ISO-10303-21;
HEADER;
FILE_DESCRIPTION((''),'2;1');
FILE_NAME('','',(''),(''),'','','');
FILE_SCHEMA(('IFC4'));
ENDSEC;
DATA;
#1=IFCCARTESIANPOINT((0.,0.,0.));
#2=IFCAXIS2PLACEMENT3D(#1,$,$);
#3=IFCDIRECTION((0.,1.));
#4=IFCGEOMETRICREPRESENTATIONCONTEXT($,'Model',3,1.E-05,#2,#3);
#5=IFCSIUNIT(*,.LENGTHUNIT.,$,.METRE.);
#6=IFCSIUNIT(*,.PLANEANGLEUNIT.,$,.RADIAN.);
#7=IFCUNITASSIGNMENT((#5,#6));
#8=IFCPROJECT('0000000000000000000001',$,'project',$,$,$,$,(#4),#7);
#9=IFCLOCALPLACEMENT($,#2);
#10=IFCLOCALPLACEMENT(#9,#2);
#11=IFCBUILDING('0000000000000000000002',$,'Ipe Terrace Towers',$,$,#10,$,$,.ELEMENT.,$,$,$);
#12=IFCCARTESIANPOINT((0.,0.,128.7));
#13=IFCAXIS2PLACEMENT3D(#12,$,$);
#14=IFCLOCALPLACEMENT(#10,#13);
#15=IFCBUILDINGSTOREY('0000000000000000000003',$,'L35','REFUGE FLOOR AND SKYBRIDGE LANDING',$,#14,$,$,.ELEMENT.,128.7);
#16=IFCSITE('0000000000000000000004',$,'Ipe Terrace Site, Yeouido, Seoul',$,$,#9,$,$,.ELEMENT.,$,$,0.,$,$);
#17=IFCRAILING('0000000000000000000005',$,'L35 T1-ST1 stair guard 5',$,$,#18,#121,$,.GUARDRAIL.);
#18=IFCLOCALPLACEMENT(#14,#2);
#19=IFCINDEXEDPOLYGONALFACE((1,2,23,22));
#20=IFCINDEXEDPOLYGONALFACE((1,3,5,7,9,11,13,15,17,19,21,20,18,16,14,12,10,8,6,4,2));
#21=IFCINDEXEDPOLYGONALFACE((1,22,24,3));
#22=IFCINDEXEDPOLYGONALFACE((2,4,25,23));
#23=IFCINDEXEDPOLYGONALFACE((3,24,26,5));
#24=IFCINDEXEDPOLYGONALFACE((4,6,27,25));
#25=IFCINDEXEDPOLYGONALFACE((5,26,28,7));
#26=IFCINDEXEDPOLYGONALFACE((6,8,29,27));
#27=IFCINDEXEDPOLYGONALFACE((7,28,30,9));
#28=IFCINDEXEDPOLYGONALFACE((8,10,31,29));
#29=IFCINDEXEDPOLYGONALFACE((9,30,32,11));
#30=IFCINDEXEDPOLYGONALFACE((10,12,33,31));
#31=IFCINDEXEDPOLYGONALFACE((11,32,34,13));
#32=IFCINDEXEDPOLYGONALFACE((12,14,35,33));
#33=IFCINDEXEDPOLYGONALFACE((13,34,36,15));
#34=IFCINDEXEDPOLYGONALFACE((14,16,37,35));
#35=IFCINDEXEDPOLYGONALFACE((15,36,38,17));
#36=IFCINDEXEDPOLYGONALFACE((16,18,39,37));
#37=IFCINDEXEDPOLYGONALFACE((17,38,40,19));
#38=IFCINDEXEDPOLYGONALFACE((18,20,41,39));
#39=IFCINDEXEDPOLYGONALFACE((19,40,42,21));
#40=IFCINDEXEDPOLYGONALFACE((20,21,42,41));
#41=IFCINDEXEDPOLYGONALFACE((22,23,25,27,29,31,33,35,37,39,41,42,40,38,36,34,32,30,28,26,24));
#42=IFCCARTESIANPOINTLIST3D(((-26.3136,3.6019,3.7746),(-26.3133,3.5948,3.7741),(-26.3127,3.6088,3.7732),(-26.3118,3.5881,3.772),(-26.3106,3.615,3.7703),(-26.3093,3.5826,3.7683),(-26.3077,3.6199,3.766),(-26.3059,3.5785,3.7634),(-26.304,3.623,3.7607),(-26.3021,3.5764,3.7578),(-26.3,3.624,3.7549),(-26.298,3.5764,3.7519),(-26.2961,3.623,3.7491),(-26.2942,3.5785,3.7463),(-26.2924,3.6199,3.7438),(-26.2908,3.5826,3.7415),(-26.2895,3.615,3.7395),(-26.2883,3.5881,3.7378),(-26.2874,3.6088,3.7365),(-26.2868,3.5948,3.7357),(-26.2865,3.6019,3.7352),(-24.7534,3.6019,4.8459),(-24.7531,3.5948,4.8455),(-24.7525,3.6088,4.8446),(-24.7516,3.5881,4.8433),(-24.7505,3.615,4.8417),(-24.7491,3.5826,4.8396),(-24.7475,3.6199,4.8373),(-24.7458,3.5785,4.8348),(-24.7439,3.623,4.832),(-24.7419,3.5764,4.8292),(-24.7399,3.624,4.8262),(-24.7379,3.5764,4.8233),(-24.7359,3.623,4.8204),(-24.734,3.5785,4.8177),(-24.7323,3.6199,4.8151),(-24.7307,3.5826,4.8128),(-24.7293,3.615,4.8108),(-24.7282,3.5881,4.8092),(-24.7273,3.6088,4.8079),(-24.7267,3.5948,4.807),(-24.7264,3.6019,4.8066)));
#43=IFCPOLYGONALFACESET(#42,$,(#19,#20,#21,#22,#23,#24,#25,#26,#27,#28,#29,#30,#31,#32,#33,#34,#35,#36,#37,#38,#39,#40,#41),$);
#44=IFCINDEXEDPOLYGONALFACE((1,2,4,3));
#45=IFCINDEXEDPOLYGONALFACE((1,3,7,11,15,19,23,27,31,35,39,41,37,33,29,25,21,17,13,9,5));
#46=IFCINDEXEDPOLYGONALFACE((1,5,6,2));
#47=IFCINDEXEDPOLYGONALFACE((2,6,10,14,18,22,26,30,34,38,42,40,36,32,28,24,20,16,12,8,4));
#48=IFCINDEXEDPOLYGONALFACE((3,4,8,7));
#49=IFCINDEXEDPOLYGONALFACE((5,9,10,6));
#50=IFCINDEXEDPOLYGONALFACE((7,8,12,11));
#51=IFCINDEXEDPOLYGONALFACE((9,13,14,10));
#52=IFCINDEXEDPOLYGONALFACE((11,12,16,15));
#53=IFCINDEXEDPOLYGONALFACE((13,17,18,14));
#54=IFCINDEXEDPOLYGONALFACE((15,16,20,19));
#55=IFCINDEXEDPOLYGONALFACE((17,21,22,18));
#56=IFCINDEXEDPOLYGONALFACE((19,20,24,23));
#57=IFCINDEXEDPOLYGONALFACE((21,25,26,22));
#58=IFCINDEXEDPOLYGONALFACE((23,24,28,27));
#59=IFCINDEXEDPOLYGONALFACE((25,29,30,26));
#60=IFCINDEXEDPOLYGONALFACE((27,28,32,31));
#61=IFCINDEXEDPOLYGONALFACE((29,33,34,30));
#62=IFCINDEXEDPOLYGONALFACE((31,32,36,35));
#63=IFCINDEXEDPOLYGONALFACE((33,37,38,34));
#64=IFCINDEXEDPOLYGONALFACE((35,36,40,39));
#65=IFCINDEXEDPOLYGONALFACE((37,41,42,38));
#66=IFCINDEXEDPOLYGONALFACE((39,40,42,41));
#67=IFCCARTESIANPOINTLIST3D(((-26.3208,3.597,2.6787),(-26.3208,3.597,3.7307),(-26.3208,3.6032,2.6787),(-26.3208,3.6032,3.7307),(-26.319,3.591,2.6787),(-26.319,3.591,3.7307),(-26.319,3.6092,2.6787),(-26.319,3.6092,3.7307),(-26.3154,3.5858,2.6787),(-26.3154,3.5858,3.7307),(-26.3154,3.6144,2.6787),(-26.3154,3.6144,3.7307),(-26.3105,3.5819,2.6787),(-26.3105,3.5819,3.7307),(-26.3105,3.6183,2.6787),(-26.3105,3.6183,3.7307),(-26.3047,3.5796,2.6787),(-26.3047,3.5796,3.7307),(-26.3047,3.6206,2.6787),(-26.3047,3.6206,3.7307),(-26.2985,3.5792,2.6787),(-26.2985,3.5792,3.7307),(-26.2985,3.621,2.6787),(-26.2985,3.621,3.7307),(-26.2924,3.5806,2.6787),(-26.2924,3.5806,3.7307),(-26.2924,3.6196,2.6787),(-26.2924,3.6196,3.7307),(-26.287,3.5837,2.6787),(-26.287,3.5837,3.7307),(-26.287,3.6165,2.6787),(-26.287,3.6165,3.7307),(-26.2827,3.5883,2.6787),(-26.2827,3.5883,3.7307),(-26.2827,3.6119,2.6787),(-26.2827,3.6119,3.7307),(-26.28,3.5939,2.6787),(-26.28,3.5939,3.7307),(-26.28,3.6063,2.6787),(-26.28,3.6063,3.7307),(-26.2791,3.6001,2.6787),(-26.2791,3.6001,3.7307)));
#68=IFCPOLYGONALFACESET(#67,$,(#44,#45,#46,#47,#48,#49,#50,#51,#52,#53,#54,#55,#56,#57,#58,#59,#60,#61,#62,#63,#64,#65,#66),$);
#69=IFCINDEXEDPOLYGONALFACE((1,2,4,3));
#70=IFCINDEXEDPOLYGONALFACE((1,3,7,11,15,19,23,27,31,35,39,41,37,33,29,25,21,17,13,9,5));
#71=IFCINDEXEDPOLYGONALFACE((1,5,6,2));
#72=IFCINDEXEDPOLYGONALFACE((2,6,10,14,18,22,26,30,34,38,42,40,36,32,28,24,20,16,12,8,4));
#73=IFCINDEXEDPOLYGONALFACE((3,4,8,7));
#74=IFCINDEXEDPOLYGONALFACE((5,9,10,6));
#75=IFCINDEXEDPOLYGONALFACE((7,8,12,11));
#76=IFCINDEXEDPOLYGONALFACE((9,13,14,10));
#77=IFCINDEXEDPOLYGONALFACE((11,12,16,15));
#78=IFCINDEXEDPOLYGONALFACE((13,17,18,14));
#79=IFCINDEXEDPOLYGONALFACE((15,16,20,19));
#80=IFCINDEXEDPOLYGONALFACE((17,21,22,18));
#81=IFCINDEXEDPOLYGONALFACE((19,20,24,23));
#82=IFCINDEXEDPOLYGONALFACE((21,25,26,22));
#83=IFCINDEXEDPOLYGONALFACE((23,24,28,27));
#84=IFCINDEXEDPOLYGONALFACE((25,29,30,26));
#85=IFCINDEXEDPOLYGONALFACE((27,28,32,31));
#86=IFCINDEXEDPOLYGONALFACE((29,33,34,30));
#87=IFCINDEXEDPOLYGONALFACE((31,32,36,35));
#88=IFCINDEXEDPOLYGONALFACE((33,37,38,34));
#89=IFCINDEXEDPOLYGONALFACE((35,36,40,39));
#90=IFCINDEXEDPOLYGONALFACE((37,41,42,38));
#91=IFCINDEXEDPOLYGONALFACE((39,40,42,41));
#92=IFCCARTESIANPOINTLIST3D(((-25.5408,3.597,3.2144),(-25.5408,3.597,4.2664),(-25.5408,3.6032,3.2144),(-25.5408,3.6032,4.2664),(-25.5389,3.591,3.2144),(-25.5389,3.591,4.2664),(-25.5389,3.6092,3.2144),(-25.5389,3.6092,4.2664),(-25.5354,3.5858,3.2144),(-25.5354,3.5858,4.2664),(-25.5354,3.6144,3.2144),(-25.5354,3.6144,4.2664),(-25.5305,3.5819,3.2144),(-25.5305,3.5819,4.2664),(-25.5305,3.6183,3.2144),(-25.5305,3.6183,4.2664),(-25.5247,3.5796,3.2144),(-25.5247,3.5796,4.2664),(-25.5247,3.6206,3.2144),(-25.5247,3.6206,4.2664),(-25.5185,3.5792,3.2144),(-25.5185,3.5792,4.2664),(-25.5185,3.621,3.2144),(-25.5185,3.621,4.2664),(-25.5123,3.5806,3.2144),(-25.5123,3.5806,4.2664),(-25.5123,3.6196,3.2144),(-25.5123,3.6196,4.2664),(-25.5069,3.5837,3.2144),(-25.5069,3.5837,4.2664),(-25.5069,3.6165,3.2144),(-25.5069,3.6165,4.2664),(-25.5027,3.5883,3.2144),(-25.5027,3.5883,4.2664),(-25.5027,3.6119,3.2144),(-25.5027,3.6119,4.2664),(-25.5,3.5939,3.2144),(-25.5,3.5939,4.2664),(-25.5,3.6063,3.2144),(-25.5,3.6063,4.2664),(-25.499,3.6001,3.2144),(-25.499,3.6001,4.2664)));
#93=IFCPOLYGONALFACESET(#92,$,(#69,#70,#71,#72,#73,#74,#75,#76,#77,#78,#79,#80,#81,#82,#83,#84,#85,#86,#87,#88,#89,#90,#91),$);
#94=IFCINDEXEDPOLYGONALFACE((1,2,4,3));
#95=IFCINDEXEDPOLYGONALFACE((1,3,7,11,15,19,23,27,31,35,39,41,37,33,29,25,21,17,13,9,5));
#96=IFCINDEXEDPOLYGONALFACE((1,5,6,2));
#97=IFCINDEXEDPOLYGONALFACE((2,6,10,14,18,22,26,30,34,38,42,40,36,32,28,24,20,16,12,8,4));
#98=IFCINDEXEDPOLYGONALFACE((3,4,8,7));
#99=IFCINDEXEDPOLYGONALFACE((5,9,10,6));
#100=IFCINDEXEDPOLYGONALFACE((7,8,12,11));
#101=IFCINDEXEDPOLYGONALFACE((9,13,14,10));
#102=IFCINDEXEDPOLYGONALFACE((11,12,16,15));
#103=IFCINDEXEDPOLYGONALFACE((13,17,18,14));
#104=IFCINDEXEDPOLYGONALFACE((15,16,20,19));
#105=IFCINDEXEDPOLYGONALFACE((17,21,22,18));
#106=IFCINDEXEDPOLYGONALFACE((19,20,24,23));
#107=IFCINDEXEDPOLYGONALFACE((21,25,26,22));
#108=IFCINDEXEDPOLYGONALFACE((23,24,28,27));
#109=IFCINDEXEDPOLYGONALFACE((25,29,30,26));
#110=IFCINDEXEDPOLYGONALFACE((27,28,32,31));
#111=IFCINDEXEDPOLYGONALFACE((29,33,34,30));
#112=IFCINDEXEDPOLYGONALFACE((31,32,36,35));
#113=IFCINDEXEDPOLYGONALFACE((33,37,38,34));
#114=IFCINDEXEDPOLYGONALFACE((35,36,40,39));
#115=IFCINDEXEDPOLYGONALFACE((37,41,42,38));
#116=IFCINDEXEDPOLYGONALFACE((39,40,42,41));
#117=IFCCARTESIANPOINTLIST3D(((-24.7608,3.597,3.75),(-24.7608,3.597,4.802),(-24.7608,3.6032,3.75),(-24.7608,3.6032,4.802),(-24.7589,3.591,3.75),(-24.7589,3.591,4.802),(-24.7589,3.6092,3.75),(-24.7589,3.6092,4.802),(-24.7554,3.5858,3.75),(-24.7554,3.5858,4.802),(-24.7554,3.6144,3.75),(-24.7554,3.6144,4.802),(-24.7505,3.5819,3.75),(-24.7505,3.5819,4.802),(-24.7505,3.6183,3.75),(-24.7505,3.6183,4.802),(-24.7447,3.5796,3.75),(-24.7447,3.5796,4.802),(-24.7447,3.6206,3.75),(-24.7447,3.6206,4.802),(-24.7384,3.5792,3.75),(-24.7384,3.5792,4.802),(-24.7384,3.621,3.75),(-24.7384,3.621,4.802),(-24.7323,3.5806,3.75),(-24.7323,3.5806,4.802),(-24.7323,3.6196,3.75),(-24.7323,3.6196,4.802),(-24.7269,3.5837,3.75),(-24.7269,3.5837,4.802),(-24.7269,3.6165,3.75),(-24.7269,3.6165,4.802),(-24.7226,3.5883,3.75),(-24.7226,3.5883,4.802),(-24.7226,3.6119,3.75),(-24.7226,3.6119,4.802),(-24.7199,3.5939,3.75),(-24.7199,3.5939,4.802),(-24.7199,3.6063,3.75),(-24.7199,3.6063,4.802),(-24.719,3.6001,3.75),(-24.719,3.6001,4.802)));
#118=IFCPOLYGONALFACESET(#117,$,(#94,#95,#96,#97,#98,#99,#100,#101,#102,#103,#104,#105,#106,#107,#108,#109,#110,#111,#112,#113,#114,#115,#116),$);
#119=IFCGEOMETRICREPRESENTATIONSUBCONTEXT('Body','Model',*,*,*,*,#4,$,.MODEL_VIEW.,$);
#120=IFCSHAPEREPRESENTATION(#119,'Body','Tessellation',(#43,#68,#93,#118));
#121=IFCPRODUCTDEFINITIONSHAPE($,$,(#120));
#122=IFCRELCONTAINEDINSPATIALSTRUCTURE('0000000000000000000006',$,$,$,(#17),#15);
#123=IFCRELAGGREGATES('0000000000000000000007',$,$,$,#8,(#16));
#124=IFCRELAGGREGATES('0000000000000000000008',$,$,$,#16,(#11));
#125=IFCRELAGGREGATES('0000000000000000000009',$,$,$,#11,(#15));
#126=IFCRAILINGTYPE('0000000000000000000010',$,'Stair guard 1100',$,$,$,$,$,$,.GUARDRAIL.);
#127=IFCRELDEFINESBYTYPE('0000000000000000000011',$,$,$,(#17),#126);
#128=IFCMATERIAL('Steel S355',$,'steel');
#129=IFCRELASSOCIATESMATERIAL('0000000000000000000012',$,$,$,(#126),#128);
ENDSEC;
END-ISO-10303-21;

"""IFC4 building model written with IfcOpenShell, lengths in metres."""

from ifc_helpers import new_model, si_unit, direction, frame, origin, origin_2d, place, context, subcontext, project, spatial, circle, extrude, material, type_object, element, save


model = new_model("IFC4")

# Units and contexts
model_context = context("Model", 3, precision=1e-05, world=origin(), true_north=direction((0.0, 1.0)))
body_context = subcontext(model_context, "Body", "Model", "MODEL_VIEW")
ifc_project = project(units=[si_unit("LENGTHUNIT", "METRE"), si_unit("PLANEANGLEUNIT", "RADIAN")], contexts=[model_context])

# Site, building, storey
site_placement = place(None, origin())
site = spatial("IfcSite", under=ifc_project, at=site_placement, Name="Ipe Terrace Site, Yeouido, Seoul", CompositionType="ELEMENT", RefElevation=0.0)
building_placement = place(site_placement, origin())
building = spatial("IfcBuilding", under=site, at=building_placement, Name="Ipe Terrace Towers", CompositionType="ELEMENT")
storey_placement = place(building_placement, frame((0.0, 0.0, 128.7)))
storey = spatial("IfcBuildingStorey", under=building, at=storey_placement, Name="L35", Description="REFUGE FLOOR AND SKYBRIDGE LANDING", CompositionType="ELEMENT", Elevation=128.7)

# Railing
ifc_material_1 = material(Name="Steel S355", Category="steel")
railing_type_1 = type_object("IfcRailingType", Name="Stair guard 1100", PredefinedType="GUARDRAIL", material=ifc_material_1)
railing_1_placement = place(storey_placement, frame((-26.3, 3.6001, 2.6787)))
element("IfcRailing", 1, at=railing_1_placement, inside=storey, type_object=railing_type_1, Name="L35 T1-ST1 stair guard 5", PredefinedType="GUARDRAIL", context=body_context, shape_type="SweptSolid", body=[
    extrude(circle(Radius=0.0239, at=origin_2d()), frame((0.0, 0.0, 1.0762), z_axis=(0.82435, 0.0, 0.56608), x_axis=(0.0, 1.0, 0.0)), (0.0, 0.0, 1.0), 1.8926),
    extrude(circle(Radius=0.021, at=origin_2d()), origin(), (0.0, 0.0, 1.0), 1.052),
    extrude(circle(Radius=0.021, at=origin_2d()), frame((0.78, 0.0, 0.5356)), (0.0, 0.0, 1.0), 1.052),
    extrude(circle(Radius=0.021, at=origin_2d()), frame((1.5601, 0.0, 1.0713)), (0.0, 0.0, 1.0), 1.052),
])

save(model, "model.ifc")
